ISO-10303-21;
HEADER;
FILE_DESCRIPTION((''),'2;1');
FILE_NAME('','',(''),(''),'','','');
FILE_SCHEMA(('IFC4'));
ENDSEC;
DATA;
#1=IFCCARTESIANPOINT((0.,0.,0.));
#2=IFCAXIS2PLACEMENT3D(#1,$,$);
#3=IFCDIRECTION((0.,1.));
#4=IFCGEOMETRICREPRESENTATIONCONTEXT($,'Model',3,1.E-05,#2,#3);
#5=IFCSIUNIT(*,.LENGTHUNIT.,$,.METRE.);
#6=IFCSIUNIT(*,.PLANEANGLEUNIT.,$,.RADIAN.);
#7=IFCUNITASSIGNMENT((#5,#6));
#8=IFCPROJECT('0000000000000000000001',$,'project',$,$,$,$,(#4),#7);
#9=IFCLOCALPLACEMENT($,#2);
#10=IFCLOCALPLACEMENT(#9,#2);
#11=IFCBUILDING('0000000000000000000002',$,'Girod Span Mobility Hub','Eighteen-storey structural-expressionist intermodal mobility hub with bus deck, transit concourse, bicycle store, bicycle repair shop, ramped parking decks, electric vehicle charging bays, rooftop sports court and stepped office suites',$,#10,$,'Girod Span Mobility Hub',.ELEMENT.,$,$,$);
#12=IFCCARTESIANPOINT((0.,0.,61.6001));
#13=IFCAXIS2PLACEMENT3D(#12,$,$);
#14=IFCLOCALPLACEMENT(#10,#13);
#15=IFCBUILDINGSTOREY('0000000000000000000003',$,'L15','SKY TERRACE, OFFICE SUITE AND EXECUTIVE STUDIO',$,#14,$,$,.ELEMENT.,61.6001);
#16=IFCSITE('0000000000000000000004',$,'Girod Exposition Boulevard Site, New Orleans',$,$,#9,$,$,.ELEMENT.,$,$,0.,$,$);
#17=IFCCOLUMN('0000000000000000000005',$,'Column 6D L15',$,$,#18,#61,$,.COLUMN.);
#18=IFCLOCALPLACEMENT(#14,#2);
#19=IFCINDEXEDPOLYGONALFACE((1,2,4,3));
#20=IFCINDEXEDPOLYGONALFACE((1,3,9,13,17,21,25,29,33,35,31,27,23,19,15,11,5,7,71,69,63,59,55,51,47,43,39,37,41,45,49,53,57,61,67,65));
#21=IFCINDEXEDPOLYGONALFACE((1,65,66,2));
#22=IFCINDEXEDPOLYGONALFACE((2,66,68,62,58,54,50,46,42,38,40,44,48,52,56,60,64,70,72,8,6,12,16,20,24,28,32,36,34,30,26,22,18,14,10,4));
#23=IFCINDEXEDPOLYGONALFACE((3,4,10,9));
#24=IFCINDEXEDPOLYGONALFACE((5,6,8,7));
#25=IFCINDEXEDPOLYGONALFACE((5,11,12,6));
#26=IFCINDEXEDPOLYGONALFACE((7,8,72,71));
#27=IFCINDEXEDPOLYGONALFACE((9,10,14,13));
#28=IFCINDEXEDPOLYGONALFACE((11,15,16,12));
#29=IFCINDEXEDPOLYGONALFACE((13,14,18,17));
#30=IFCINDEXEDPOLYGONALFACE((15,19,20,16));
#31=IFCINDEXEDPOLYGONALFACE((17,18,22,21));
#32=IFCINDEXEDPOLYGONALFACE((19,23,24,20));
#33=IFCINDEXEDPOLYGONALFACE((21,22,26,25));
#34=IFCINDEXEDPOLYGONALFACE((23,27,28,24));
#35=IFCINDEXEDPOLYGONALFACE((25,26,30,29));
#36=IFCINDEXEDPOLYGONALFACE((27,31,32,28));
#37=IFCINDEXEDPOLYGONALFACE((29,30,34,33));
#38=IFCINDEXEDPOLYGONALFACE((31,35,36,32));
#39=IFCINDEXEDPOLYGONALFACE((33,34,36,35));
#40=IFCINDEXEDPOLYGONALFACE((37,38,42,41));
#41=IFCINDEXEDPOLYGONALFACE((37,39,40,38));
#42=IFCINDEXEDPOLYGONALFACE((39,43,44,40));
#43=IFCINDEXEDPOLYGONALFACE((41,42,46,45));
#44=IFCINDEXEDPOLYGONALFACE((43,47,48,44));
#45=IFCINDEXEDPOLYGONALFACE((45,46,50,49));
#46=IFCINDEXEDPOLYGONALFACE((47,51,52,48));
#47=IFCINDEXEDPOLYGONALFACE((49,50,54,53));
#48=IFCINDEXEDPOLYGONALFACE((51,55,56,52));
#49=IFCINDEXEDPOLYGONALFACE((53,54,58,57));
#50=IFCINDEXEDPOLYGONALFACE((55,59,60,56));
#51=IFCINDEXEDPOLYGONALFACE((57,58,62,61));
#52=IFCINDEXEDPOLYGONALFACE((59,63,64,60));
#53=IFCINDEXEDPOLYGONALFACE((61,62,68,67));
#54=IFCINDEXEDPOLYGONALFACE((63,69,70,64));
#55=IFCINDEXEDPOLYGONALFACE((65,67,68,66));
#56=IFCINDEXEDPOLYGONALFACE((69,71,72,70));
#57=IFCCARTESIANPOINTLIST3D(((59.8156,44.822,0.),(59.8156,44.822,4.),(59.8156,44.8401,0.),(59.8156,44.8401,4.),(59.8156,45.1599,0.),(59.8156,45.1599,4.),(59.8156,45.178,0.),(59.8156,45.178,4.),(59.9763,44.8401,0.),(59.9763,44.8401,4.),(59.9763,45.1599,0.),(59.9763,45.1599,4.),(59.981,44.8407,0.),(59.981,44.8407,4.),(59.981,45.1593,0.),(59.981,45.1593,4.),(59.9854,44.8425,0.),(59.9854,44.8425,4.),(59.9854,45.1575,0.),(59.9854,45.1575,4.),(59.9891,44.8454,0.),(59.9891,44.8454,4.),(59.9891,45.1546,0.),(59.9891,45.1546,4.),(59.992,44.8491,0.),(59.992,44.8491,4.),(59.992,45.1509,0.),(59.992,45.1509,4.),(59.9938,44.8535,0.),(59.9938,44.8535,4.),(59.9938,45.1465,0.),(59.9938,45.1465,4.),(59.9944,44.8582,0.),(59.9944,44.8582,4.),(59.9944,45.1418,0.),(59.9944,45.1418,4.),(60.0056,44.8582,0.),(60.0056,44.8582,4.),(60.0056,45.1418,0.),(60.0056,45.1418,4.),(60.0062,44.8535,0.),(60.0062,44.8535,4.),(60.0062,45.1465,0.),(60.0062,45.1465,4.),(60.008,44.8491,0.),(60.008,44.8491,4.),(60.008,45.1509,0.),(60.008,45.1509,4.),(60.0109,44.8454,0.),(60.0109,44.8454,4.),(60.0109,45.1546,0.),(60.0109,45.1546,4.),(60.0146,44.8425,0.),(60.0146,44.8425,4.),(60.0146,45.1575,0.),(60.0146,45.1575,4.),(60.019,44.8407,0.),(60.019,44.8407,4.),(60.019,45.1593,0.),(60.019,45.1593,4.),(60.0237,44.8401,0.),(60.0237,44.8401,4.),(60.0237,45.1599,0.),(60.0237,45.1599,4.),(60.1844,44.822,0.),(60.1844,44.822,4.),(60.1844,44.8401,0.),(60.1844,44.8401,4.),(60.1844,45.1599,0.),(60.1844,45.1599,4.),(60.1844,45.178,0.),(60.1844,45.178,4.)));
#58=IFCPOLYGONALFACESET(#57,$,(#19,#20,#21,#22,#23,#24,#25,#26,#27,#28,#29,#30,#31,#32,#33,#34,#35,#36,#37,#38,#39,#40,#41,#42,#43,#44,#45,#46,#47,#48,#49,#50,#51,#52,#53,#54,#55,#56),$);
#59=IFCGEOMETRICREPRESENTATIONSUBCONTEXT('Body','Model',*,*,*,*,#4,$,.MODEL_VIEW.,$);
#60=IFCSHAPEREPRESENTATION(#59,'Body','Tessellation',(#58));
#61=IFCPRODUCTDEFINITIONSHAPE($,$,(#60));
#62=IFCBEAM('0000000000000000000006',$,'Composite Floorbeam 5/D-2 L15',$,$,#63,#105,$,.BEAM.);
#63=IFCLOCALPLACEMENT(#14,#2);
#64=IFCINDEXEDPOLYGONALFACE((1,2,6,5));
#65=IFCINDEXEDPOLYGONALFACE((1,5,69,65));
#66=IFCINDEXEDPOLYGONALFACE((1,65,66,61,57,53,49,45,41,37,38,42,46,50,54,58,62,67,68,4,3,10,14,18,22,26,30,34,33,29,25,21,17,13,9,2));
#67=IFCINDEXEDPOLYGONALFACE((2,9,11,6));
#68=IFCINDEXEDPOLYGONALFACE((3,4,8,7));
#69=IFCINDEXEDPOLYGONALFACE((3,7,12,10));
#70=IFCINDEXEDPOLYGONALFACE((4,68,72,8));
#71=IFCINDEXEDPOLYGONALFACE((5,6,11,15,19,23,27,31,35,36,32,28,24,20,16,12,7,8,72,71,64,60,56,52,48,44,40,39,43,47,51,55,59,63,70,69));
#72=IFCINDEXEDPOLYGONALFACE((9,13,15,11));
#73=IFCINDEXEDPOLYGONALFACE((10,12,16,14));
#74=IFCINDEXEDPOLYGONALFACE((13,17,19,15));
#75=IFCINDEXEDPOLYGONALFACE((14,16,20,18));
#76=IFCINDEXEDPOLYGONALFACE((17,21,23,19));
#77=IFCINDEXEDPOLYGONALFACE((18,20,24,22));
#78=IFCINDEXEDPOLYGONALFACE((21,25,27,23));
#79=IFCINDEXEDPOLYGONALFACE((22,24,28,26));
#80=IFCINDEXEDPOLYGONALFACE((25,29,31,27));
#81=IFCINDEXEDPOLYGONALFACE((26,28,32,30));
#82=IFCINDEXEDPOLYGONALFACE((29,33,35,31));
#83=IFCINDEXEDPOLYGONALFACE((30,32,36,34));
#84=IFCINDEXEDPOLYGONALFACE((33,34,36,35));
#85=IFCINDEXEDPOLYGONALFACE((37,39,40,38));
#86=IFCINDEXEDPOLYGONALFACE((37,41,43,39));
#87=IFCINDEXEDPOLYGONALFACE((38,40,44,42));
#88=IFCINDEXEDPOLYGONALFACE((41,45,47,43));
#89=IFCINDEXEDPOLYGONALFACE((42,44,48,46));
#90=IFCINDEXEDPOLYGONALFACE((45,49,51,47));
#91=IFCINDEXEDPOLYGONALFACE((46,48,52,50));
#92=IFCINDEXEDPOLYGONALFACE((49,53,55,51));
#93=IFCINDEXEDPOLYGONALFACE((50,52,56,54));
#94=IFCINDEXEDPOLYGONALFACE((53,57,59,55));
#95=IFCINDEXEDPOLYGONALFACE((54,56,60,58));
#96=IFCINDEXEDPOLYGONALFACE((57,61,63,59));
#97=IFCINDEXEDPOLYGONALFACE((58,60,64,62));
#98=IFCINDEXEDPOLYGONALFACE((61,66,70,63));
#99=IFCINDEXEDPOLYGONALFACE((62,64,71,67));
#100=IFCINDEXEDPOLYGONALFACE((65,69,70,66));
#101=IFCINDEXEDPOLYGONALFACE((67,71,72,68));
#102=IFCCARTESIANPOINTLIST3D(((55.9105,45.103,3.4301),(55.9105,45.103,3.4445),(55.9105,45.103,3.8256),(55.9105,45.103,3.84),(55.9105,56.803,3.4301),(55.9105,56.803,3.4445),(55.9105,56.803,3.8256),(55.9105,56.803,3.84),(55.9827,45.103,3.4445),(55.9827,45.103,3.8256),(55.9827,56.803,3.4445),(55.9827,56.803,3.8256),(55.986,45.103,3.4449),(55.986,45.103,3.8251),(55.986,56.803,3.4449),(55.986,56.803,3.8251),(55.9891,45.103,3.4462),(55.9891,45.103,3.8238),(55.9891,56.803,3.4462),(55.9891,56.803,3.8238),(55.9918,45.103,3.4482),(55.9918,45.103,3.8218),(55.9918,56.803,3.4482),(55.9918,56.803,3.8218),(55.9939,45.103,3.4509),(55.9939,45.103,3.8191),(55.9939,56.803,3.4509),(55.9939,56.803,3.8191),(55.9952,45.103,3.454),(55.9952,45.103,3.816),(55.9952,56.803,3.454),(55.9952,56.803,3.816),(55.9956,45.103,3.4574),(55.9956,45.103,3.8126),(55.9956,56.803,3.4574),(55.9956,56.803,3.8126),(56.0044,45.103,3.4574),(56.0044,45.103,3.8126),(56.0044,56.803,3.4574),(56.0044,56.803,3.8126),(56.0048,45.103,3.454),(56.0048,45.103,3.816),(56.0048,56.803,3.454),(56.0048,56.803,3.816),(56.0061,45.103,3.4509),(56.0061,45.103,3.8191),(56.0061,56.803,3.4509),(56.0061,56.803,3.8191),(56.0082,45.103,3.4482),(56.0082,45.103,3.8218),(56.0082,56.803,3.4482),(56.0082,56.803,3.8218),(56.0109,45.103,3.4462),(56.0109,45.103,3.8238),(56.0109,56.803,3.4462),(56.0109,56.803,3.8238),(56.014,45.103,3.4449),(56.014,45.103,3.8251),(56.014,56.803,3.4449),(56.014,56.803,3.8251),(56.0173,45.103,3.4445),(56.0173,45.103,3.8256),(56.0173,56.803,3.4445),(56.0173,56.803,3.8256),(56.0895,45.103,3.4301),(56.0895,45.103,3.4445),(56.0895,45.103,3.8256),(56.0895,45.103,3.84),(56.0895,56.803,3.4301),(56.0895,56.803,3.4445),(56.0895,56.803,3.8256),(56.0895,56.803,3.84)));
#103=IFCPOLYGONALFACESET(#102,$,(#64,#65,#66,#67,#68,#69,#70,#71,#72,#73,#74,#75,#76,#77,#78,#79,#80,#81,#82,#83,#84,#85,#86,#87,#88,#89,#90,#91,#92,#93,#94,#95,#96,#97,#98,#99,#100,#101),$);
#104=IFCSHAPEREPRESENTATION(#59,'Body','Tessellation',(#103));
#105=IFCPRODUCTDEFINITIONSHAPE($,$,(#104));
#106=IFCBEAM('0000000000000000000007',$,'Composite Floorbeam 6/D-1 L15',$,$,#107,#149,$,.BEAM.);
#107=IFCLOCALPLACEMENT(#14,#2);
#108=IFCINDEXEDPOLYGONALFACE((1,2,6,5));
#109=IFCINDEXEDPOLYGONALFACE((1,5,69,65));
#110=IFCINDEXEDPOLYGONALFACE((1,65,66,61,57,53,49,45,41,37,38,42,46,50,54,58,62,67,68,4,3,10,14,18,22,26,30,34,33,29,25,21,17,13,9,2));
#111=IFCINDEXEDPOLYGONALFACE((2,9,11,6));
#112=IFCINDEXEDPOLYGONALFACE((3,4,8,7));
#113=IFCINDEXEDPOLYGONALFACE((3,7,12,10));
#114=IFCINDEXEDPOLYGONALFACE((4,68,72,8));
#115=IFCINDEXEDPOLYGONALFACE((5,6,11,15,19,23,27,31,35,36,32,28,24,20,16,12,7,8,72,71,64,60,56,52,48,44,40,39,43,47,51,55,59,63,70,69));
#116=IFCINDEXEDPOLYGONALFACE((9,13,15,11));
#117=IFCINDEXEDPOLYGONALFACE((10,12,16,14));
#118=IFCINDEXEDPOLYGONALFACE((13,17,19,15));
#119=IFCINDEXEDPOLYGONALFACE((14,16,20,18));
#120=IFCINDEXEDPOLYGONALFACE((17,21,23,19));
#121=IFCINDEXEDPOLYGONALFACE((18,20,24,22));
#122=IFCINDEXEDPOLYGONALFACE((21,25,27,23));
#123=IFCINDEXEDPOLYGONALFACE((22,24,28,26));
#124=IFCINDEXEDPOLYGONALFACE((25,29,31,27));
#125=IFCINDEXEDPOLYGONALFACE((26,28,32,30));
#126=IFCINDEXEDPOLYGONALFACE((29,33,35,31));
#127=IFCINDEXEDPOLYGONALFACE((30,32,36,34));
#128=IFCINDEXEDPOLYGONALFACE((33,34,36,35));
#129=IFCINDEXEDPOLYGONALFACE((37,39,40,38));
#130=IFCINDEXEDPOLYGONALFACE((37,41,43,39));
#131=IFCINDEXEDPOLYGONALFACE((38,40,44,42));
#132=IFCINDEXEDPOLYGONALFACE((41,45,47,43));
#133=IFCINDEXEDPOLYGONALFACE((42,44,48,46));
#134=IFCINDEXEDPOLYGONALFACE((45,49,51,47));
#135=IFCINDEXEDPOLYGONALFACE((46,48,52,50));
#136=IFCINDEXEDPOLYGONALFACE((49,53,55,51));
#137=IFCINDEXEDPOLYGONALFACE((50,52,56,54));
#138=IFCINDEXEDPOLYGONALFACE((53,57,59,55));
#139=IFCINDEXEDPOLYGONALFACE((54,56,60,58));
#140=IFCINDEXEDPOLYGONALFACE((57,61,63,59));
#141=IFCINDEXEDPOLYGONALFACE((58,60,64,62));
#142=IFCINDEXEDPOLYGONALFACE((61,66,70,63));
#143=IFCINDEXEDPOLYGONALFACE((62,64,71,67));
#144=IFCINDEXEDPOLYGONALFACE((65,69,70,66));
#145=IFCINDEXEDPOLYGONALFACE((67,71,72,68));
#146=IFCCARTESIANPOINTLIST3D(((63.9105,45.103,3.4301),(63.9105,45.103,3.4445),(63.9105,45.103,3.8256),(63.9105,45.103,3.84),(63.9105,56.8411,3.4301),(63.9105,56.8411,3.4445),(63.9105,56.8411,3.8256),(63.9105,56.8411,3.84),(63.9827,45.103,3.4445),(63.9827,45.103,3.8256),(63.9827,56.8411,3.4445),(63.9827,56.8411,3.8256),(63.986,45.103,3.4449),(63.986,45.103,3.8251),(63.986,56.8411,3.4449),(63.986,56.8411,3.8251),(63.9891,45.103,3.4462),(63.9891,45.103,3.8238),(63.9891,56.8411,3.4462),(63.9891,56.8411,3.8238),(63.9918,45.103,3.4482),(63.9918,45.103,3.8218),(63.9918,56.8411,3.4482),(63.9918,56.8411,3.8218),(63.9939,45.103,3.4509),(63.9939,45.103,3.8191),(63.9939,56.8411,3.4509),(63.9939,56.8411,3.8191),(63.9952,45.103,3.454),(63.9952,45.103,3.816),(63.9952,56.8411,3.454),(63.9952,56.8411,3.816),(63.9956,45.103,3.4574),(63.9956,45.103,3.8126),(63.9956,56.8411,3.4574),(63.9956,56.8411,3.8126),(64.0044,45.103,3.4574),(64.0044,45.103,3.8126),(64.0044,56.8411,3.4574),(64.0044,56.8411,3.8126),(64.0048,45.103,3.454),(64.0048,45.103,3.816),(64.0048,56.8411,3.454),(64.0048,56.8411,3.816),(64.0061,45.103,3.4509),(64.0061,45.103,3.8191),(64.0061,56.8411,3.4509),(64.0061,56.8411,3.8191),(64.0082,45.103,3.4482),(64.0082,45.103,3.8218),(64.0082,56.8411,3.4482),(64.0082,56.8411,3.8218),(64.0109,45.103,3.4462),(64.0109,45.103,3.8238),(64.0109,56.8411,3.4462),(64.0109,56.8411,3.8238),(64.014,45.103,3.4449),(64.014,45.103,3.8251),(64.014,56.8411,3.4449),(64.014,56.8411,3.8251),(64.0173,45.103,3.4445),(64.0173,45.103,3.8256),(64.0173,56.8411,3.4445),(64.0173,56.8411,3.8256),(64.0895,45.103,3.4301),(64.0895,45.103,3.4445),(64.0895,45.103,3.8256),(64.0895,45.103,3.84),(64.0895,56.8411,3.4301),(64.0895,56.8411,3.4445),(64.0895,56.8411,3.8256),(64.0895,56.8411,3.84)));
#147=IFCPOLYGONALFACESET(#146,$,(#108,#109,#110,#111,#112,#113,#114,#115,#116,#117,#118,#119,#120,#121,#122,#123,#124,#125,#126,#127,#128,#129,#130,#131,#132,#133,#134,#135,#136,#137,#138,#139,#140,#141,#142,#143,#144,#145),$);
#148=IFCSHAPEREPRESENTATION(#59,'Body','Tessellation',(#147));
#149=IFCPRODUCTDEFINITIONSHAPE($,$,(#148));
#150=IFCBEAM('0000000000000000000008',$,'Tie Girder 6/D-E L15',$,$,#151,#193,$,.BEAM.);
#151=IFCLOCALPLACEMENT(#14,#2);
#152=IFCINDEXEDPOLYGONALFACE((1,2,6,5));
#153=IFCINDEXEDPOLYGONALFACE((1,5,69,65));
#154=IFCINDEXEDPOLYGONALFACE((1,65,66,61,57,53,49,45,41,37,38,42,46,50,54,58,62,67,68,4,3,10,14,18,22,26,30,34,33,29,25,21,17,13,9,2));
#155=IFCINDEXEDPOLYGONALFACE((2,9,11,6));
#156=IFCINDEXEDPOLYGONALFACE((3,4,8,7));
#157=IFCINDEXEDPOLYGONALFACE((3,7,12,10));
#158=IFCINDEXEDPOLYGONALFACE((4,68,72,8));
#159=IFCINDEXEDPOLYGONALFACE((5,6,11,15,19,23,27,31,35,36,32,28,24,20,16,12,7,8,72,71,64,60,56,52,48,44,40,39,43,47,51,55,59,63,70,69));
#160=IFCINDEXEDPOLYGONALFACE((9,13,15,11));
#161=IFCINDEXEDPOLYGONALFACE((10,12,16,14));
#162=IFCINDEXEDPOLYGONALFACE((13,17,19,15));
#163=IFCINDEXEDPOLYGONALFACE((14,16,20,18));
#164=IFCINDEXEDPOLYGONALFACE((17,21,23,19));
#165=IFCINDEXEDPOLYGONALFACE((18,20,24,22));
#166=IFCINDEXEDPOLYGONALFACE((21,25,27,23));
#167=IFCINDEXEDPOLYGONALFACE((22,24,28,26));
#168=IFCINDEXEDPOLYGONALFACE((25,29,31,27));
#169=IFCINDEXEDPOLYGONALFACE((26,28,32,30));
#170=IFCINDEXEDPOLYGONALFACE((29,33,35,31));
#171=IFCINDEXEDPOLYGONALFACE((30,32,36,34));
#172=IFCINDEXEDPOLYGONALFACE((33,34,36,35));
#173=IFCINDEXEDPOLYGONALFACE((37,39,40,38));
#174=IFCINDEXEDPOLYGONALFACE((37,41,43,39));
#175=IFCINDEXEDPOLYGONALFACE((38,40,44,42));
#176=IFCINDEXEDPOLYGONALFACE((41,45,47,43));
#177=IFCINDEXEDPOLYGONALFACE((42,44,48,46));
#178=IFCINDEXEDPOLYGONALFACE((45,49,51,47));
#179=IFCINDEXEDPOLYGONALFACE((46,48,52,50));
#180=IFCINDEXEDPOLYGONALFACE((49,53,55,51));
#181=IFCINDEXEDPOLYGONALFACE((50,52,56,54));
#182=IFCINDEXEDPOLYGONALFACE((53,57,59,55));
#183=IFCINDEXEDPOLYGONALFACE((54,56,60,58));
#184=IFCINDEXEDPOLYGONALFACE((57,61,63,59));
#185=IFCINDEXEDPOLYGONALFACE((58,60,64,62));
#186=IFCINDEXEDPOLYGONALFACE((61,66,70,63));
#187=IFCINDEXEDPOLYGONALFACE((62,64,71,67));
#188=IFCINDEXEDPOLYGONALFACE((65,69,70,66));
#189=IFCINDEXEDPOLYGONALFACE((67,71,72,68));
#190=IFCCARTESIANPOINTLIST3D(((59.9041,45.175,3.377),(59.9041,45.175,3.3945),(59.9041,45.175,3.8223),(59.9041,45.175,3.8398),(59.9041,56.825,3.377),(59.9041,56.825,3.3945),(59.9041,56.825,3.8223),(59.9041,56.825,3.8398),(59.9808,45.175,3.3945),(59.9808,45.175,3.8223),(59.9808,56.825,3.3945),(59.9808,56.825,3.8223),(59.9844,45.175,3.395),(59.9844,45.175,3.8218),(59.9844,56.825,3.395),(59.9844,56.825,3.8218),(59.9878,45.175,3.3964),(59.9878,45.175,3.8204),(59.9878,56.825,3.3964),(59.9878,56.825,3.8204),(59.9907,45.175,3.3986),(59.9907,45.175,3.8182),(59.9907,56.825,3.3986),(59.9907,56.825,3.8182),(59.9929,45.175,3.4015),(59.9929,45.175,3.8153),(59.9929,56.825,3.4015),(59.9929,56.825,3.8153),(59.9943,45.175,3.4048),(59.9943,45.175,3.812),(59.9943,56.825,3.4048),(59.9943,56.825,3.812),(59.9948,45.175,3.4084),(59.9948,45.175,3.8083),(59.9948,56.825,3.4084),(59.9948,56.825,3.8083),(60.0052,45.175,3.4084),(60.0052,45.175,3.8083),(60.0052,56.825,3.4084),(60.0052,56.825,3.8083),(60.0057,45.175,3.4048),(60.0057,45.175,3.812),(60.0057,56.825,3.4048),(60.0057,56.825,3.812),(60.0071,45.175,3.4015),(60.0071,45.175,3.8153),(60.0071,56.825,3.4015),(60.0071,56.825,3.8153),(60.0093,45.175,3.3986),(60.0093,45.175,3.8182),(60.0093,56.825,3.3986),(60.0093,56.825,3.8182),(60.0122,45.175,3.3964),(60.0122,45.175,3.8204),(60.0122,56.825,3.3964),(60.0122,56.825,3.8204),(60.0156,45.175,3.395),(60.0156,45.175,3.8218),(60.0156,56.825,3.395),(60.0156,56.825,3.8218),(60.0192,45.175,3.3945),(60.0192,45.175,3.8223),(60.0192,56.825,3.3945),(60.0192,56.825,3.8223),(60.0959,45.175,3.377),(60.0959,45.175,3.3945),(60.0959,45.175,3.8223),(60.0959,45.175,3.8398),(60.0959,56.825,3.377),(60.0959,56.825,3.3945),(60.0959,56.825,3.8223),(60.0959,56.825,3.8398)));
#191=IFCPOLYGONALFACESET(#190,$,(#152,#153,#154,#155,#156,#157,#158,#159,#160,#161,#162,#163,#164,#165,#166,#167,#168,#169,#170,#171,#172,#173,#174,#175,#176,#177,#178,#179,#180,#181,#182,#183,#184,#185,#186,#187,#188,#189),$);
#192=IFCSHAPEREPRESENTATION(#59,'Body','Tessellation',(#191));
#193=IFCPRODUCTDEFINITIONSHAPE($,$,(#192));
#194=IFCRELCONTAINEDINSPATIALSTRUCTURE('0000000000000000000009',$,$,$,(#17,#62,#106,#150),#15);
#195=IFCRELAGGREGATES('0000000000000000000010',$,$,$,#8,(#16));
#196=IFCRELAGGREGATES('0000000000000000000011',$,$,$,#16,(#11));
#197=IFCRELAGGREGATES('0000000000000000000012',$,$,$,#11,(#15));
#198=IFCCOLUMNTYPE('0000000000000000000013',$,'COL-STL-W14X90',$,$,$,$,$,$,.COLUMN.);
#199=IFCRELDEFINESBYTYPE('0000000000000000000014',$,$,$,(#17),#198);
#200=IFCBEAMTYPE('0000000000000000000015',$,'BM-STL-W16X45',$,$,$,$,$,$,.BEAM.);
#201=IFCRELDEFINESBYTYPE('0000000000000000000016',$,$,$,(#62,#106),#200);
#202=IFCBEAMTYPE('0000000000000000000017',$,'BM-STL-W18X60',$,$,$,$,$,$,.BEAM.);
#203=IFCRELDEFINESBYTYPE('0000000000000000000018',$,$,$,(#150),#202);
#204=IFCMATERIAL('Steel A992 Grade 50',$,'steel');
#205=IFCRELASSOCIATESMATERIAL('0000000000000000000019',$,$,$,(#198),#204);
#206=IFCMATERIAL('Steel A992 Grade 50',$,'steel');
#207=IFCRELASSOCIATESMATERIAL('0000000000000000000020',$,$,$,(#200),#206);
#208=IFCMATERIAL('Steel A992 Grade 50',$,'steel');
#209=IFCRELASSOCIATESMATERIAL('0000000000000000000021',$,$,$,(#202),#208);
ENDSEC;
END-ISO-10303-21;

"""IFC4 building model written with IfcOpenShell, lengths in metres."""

from ifc_helpers import new_model, si_unit, direction, frame, origin, origin_2d, place, context, subcontext, project, spatial, i_section, extrude, material, material_profile, profile_set, type_object, element, save


model = new_model("IFC4")

# Units and contexts
model_context = context("Model", 3, precision=1e-05, world=origin(), true_north=direction((0.0, 1.0)))
body_context = subcontext(model_context, "Body", "Model", "MODEL_VIEW")
ifc_project = project(units=[si_unit("LENGTHUNIT", "METRE"), si_unit("PLANEANGLEUNIT", "RADIAN")], contexts=[model_context])

# Site, building, storey
site_placement = place(None, origin())
site = spatial("IfcSite", under=ifc_project, at=site_placement, Name="Girod Exposition Boulevard Site, New Orleans", CompositionType="ELEMENT", RefElevation=0.0)
building_placement = place(site_placement, origin())
building = spatial("IfcBuilding", under=site, at=building_placement, Name="Girod Span Mobility Hub", Description="Eighteen-storey structural-expressionist intermodal mobility hub with bus deck, transit concourse, bicycle store, bicycle repair shop, ramped parking decks, electric vehicle charging bays, rooftop sports court and stepped office suites", LongName="Girod Span Mobility Hub", CompositionType="ELEMENT")
storey_placement = place(building_placement, frame((0.0, 0.0, 61.6001)))
storey = spatial("IfcBuildingStorey", under=building, at=storey_placement, Name="L15", Description="SKY TERRACE, OFFICE SUITE AND EXECUTIVE STUDIO", CompositionType="ELEMENT", Elevation=61.6001)

# Column
ifc_material_1 = material(Name="Steel A992 Grade 50", Category="steel")
ifc_material_profile_1 = material_profile(ifc_material_1, i_section(OverallWidth=0.3689, OverallDepth=0.356, WebThickness=0.0112, FlangeThickness=0.0181, FilletRadius=0.0181, at=origin_2d()), Name="W14X90")
ifc_profile_set_1 = profile_set([ifc_material_profile_1], Name="Steel A992 Grade 50")
column_type = type_object("IfcColumnType", Name="COL-STL-W14X90", PredefinedType="COLUMN", material=ifc_profile_set_1)
column_placement = place(storey_placement, frame((60.0, 45.0, 0.0), z_axis=(0.0, 0.0, 1.0), x_axis=(1.0, 0.0, 0.0)))
element("IfcColumn", 1, at=column_placement, inside=storey, type_object=column_type, Name="Column 6D L15", PredefinedType="COLUMN", context=body_context, shape_type="SweptSolid", body=[
    extrude(i_section(OverallWidth=0.3689, OverallDepth=0.356, WebThickness=0.0112, FlangeThickness=0.0181, FilletRadius=0.0181, at=origin_2d()), origin(), (0.0, 0.0, 1.0), 4.0),
])

# Beams
ifc_material_2 = material(Name="Steel A992 Grade 50", Category="steel")
ifc_material_profile_2 = material_profile(ifc_material_2, i_section(OverallWidth=0.179, OverallDepth=0.4099, WebThickness=0.0088, FlangeThickness=0.0144, FilletRadius=0.0129, at=origin_2d()), Name="W16X45")
ifc_profile_set_2 = profile_set([ifc_material_profile_2], Name="Steel A992 Grade 50")
beam_type_1 = type_object("IfcBeamType", Name="BM-STL-W16X45", PredefinedType="BEAM", material=ifc_profile_set_2)
beam_1_placement = place(storey_placement, frame((56.0, 45.103, 3.635), z_axis=(0.0, 1.0, 0.0), x_axis=(-1.0, 0.0, 0.0)))
element("IfcBeam", 2, at=beam_1_placement, inside=storey, type_object=beam_type_1, Name="Composite Floorbeam 5/D-2 L15", PredefinedType="BEAM", context=body_context, shape_type="SweptSolid", body=[
    extrude(i_section(OverallWidth=0.179, OverallDepth=0.4099, WebThickness=0.0088, FlangeThickness=0.0144, FilletRadius=0.0129, at=origin_2d()), origin(), (0.0, 0.0, 1.0), 11.7),
])
beam_2_placement = place(storey_placement, frame((64.0, 45.103, 3.635), z_axis=(0.0, 1.0, 0.0), x_axis=(-1.0, 0.0, 0.0)))
element("IfcBeam", 3, at=beam_2_placement, inside=storey, type_object=beam_type_1, Name="Composite Floorbeam 6/D-1 L15", PredefinedType="BEAM", context=body_context, shape_type="SweptSolid", body=[
    extrude(i_section(OverallWidth=0.179, OverallDepth=0.4099, WebThickness=0.0088, FlangeThickness=0.0144, FilletRadius=0.0129, at=origin_2d()), origin(), (0.0, 0.0, 1.0), 11.738),
])
ifc_material_3 = material(Name="Steel A992 Grade 50", Category="steel")
ifc_material_profile_3 = material_profile(ifc_material_3, i_section(OverallWidth=0.1919, OverallDepth=0.4629, WebThickness=0.0105, FlangeThickness=0.0176, FilletRadius=0.0139, at=origin_2d()), Name="W18X60")
ifc_profile_set_3 = profile_set([ifc_material_profile_3], Name="Steel A992 Grade 50")
beam_type_2 = type_object("IfcBeamType", Name="BM-STL-W18X60", PredefinedType="BEAM", material=ifc_profile_set_3)
beam_3_placement = place(storey_placement, frame((60.0, 45.175, 3.6084), z_axis=(0.0, 1.0, 0.0), x_axis=(-1.0, 0.0, 0.0)))
element("IfcBeam", 4, at=beam_3_placement, inside=storey, type_object=beam_type_2, Name="Tie Girder 6/D-E L15", PredefinedType="BEAM", context=body_context, shape_type="SweptSolid", body=[
    extrude(i_section(OverallWidth=0.1919, OverallDepth=0.4629, WebThickness=0.0105, FlangeThickness=0.0176, FilletRadius=0.0139, at=origin_2d()), origin(), (0.0, 0.0, 1.0), 11.6499),
])

save(model, "model.ifc")
